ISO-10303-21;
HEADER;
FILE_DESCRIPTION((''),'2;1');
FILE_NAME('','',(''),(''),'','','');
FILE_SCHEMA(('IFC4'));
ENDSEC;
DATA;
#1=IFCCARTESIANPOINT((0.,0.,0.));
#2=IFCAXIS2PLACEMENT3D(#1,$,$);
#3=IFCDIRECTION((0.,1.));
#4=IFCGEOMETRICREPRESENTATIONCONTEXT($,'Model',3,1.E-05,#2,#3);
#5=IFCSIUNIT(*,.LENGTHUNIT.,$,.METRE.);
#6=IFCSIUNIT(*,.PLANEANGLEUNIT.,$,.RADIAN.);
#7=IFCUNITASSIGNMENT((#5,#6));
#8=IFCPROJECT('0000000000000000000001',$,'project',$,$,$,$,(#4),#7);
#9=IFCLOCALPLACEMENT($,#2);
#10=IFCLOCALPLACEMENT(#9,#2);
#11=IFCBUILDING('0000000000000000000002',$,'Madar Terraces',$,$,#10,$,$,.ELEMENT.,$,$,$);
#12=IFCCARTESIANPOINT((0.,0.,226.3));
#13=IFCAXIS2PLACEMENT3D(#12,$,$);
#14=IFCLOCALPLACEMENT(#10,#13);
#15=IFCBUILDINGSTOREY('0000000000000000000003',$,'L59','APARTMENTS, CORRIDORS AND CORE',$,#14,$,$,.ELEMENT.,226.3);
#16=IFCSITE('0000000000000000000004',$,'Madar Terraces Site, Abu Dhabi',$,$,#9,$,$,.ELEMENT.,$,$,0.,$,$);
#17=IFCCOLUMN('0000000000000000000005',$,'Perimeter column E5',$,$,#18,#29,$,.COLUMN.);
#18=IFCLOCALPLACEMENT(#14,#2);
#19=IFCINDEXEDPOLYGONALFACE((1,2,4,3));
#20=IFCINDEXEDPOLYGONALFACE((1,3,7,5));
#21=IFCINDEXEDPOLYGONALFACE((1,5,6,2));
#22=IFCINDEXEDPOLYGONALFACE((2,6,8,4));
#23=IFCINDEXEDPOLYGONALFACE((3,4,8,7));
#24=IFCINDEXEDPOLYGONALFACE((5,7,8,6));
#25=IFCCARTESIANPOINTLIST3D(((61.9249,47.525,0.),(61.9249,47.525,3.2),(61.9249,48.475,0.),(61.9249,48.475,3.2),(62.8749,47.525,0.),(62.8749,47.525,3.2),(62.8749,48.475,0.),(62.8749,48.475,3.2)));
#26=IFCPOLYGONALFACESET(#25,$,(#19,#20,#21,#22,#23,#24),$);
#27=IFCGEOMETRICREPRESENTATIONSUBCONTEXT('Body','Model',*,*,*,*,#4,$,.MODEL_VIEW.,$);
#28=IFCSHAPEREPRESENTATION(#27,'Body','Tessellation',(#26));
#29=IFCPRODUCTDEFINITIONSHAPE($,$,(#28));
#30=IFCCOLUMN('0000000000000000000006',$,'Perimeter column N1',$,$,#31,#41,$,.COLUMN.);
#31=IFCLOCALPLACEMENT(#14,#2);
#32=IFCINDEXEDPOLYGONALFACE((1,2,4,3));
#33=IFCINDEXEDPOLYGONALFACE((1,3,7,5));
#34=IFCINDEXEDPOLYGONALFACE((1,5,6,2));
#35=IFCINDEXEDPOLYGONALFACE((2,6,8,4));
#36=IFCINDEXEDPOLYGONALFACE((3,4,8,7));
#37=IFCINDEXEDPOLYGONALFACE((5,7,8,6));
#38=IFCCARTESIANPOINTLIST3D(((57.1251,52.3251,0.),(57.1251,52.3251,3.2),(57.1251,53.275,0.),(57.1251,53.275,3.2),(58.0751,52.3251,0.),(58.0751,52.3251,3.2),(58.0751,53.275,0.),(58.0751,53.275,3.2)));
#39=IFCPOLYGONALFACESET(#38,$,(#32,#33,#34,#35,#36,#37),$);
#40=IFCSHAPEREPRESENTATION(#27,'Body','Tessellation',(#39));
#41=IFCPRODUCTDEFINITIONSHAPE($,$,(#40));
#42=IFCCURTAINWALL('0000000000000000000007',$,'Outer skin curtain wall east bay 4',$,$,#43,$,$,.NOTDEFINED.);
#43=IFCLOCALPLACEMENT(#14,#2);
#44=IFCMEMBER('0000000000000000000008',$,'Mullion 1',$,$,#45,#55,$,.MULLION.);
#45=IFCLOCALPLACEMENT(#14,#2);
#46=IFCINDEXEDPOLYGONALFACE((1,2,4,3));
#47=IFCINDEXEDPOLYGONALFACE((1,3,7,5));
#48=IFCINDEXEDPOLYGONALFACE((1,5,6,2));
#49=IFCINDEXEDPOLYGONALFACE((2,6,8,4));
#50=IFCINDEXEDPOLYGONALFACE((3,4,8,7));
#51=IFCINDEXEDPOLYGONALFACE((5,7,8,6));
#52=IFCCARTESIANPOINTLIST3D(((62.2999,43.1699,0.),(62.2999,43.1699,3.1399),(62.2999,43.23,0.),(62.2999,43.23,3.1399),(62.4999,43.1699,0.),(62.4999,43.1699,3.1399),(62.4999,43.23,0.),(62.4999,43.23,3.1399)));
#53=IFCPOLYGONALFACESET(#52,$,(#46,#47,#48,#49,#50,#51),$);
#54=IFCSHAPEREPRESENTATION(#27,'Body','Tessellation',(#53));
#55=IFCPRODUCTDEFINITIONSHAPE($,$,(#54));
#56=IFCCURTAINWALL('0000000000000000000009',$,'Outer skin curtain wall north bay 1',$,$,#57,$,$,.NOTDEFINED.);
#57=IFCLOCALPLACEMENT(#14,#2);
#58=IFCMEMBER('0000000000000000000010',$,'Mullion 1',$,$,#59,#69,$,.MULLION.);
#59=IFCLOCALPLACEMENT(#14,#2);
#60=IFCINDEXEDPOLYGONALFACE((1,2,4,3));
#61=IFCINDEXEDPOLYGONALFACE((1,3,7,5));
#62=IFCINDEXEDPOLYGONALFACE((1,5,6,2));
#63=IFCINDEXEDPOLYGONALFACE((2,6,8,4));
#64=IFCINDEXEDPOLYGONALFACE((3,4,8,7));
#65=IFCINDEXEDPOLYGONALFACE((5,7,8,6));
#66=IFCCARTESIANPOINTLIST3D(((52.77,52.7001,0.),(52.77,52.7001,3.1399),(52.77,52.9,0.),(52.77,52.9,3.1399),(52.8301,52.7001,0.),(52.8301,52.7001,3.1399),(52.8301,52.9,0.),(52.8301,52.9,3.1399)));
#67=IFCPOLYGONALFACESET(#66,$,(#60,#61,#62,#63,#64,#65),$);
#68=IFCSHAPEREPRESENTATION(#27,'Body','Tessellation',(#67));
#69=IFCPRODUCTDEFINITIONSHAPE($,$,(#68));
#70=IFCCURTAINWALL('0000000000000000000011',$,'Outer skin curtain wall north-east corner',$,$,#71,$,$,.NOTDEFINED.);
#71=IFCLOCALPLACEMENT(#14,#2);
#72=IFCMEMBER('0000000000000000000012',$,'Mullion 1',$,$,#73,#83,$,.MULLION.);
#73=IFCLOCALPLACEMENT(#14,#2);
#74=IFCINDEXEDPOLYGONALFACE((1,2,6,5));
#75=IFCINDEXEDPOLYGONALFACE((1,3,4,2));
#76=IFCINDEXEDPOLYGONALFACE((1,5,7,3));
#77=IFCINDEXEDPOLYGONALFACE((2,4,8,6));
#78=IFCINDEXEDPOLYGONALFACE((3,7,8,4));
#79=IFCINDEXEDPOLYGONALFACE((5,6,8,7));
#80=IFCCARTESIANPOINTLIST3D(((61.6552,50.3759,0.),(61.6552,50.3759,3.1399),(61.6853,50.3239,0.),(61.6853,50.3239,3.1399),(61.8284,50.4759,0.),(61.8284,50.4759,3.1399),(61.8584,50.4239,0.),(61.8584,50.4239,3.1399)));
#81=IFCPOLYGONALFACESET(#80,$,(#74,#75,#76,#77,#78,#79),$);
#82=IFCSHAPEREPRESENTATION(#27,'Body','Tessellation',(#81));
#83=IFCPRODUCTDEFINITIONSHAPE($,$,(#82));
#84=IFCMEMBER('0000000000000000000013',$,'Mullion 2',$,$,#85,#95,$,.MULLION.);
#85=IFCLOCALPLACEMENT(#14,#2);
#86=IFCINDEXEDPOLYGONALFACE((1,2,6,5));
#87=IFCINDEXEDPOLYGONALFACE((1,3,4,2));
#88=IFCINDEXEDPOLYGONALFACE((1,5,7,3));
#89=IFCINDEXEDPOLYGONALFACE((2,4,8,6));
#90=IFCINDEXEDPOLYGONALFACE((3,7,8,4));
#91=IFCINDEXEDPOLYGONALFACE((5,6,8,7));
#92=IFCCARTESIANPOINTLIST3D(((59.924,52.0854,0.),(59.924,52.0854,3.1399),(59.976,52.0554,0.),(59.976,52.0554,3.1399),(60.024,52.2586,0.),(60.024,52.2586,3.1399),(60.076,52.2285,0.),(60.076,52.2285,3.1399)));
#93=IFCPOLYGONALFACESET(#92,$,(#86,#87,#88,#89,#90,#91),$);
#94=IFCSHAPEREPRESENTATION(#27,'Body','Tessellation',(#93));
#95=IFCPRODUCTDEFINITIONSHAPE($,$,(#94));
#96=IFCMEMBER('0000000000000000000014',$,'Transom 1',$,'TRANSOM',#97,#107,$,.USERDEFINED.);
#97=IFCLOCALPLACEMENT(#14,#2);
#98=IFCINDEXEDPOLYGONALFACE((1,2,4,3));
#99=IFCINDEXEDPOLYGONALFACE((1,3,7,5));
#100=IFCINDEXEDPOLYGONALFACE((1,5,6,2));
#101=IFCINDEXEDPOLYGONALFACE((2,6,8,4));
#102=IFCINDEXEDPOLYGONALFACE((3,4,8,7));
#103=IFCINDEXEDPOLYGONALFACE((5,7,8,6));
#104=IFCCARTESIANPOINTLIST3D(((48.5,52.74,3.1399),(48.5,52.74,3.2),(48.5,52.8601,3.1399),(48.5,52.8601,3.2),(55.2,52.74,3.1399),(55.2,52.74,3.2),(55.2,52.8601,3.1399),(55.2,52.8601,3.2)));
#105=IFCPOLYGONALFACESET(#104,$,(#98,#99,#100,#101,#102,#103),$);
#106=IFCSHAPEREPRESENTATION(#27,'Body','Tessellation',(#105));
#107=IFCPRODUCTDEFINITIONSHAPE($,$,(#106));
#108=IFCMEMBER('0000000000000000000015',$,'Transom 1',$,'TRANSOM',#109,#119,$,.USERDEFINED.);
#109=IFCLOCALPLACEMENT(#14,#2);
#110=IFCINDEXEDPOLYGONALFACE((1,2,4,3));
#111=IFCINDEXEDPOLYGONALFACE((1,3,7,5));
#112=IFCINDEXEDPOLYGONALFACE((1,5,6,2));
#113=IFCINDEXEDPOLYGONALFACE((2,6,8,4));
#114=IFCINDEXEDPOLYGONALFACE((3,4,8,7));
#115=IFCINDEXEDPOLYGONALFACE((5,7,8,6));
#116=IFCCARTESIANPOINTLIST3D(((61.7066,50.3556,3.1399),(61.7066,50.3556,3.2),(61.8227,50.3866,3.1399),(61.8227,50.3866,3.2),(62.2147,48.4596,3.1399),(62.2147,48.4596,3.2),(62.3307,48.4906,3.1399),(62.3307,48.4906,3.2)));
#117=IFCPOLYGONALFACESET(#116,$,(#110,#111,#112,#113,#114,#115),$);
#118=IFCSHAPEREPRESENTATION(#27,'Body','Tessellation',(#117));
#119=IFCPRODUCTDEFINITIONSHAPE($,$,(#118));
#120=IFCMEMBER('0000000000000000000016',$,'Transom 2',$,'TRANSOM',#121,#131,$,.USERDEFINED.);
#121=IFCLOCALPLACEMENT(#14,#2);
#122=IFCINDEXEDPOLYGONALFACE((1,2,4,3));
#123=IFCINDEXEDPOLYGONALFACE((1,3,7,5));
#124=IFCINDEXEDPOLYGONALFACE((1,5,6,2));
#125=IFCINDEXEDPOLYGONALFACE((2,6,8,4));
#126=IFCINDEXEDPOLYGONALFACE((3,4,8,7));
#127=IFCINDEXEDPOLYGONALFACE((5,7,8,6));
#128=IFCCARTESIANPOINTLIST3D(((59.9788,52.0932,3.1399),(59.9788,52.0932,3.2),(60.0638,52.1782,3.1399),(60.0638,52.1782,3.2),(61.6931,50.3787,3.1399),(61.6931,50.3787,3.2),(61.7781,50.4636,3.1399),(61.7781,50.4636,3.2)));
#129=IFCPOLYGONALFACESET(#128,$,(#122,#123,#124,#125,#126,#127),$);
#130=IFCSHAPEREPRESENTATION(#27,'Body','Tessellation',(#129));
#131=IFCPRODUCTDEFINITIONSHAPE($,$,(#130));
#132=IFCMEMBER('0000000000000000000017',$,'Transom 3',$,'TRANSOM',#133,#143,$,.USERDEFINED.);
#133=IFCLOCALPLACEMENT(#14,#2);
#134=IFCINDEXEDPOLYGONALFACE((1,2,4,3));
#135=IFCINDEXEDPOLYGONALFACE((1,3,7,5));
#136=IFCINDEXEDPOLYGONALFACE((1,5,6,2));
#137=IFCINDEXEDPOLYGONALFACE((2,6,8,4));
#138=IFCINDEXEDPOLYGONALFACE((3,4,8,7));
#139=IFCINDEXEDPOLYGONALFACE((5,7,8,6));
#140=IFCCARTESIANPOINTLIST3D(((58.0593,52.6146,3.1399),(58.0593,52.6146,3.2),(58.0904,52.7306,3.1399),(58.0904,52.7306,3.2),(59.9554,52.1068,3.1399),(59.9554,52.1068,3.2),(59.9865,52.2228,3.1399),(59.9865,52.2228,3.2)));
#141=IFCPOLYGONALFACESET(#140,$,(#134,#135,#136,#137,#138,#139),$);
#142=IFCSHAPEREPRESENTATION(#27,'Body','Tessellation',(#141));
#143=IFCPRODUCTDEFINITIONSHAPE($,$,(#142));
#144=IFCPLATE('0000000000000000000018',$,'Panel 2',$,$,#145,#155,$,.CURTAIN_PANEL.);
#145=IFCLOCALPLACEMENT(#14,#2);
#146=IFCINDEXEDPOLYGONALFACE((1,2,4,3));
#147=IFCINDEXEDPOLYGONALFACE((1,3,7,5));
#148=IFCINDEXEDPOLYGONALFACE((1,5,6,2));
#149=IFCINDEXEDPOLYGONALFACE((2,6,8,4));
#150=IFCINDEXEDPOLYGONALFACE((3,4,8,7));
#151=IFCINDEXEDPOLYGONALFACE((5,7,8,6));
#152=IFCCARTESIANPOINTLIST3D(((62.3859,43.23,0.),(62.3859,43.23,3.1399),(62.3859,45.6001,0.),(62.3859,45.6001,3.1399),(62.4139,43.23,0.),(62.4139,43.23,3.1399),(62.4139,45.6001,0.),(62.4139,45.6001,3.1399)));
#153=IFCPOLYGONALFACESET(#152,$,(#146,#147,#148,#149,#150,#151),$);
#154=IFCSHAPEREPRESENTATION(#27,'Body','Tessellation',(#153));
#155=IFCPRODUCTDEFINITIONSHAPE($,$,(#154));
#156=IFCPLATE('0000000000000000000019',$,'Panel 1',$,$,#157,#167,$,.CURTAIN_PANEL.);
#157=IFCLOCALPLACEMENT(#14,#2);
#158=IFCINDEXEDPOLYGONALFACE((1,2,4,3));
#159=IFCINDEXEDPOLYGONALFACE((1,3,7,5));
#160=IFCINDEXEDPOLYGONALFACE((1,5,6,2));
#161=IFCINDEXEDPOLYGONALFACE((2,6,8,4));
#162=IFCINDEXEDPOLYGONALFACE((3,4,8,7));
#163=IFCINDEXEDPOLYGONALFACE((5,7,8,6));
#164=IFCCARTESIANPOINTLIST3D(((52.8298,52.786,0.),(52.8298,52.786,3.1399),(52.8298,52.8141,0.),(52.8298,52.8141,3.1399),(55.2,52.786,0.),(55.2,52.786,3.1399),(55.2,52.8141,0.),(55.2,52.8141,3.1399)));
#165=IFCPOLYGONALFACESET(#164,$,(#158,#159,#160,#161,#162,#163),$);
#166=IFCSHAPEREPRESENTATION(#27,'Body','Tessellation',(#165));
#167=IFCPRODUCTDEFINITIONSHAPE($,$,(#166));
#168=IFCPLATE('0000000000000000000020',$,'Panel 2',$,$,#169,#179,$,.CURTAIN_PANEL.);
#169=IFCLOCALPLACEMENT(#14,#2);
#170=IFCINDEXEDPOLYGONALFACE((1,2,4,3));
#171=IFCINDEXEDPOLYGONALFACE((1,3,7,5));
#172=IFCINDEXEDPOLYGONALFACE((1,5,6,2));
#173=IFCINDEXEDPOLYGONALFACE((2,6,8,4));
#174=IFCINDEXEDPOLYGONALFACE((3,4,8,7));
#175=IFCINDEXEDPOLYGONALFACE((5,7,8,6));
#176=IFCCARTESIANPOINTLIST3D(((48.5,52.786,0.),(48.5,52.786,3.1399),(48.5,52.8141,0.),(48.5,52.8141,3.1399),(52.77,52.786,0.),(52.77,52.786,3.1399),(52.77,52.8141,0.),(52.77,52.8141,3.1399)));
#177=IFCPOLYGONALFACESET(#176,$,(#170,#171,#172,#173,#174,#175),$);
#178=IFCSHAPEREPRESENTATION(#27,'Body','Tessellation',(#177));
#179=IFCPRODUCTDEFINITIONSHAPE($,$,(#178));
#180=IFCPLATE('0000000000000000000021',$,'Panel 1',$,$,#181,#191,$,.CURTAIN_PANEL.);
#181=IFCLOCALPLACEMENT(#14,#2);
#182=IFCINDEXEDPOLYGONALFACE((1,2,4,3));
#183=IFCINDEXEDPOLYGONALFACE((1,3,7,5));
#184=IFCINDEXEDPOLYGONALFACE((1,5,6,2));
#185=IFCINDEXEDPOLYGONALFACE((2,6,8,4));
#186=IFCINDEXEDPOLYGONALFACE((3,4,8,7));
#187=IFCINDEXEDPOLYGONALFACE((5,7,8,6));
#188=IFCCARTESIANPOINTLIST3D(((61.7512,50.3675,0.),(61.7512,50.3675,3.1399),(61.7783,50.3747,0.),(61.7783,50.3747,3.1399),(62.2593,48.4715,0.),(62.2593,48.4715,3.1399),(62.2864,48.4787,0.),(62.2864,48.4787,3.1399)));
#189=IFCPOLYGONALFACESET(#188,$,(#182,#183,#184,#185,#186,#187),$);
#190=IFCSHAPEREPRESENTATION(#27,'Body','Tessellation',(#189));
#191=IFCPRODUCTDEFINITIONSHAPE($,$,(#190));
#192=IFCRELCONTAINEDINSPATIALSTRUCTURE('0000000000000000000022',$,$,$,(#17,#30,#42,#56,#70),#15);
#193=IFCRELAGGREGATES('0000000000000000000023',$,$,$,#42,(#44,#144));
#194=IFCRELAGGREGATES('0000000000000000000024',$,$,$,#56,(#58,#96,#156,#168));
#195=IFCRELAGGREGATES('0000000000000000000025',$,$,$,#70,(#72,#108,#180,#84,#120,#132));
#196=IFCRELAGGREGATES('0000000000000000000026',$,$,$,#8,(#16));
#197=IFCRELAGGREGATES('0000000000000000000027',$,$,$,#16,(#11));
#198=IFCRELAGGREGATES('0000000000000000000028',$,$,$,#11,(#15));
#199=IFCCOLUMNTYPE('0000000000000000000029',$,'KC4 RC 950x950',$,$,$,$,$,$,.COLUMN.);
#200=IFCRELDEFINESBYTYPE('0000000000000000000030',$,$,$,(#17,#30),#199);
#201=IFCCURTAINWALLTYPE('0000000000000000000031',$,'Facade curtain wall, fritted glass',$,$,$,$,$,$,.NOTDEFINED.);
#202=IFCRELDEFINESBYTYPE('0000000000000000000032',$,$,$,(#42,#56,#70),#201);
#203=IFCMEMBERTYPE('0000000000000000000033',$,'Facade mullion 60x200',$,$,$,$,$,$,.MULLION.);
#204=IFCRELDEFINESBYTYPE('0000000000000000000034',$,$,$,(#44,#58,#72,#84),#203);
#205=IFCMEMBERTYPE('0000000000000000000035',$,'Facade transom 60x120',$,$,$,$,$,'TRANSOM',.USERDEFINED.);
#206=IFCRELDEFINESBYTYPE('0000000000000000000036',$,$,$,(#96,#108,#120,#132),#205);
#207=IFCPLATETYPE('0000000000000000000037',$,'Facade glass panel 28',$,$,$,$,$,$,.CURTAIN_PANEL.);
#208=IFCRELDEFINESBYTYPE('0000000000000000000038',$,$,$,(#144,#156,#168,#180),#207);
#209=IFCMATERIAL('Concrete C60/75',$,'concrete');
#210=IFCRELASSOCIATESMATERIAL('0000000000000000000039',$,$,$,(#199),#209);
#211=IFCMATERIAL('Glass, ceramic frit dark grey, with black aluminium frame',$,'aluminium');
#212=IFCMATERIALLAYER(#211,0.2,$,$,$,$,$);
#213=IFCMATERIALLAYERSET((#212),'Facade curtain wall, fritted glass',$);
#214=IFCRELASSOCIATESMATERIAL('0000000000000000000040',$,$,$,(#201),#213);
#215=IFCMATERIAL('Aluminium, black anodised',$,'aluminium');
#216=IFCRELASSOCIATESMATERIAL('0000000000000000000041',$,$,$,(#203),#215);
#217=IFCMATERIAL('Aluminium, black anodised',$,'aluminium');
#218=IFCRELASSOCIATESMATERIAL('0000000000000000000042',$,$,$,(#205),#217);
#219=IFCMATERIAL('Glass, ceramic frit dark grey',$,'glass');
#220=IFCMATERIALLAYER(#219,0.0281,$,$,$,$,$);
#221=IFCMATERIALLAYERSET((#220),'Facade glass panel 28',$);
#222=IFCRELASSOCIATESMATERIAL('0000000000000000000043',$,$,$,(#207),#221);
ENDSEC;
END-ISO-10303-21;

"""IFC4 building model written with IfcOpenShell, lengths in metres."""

from ifc_helpers import new_model, si_unit, direction, frame, origin, origin_2d, place, context, subcontext, project, spatial, rectangle, extrude, material, layer, layer_set, material_profile, profile_set, type_object, element, aggregate, save


model = new_model("IFC4")

# Units and contexts
model_context = context("Model", 3, precision=1e-05, world=origin(), true_north=direction((0.0, 1.0)))
body_context = subcontext(model_context, "Body", "Model", "MODEL_VIEW")
ifc_project = project(units=[si_unit("LENGTHUNIT", "METRE"), si_unit("PLANEANGLEUNIT", "RADIAN")], contexts=[model_context])

# Site, building, storey
site_placement = place(None, origin())
site = spatial("IfcSite", under=ifc_project, at=site_placement, Name="Madar Terraces Site, Abu Dhabi", CompositionType="ELEMENT", RefElevation=0.0)
building_placement = place(site_placement, origin())
building = spatial("IfcBuilding", under=site, at=building_placement, Name="Madar Terraces", CompositionType="ELEMENT")
storey_placement = place(building_placement, frame((0.0, 0.0, 226.3)))
storey = spatial("IfcBuildingStorey", under=building, at=storey_placement, Name="L59", Description="APARTMENTS, CORRIDORS AND CORE", CompositionType="ELEMENT", Elevation=226.3)

# Columns
ifc_material_1 = material(Name="Concrete C60/75", Category="concrete")
ifc_material_profile_1 = material_profile(ifc_material_1, rectangle(XDim=0.95, YDim=0.95, at=origin_2d()), Name="KC4 RC 950x950")
ifc_profile_set_1 = profile_set([ifc_material_profile_1], Name="Concrete C60/75")
column_type = type_object("IfcColumnType", Name="KC4 RC 950x950", PredefinedType="COLUMN", material=ifc_profile_set_1)
for number, where, z_axis, x_axis, name in (
    (1, (62.3999, 48.0, 0.0), (0.0, 0.0, 1.0), (1.0, 0.0, 0.0), "Perimeter column E5"),
    (2, (57.6001, 52.8, 0.0), (0.0, 0.0, 1.0), (1.0, 0.0, 0.0), "Perimeter column N1"),
):
    element("IfcColumn", number, at=place(storey_placement, frame(where, z_axis=z_axis, x_axis=x_axis)), inside=storey, type_object=column_type, Name=name, PredefinedType="COLUMN", context=body_context, shape_type="SweptSolid", body=[
        extrude(rectangle(XDim=0.95, YDim=0.95, at=origin_2d()), origin(), (0.0, 0.0, 1.0), 3.2),
    ])

# Curtain walls, members
ifc_material_2 = material(Name="Glass, ceramic frit dark grey, with black aluminium frame", Category="aluminium")
ifc_layer_1 = layer(ifc_material_2, 0.2)
ifc_layer_set_1 = layer_set([ifc_layer_1], Name="Facade curtain wall, fritted glass")
curtain_wall_type = type_object("IfcCurtainWallType", Name="Facade curtain wall, fritted glass", PredefinedType="NOTDEFINED", material=ifc_layer_set_1)
curtain_wall_1_placement = place(storey_placement, origin())
curtain_wall_1 = element("IfcCurtainWall", 3, at=curtain_wall_1_placement, inside=storey, type_object=curtain_wall_type, Name="Outer skin curtain wall east bay 4", PredefinedType="NOTDEFINED")
ifc_material_3 = material(Name="Aluminium, black anodised", Category="aluminium")
ifc_material_profile_2 = material_profile(ifc_material_3, rectangle(XDim=0.2, YDim=0.0601, at=origin_2d()), Name="Facade mullion 60x200")
ifc_profile_set_2 = profile_set([ifc_material_profile_2], Name="Aluminium, black anodised")
member_type_1 = type_object("IfcMemberType", Name="Facade mullion 60x200", PredefinedType="MULLION", material=ifc_profile_set_2)
member_1_placement = place(storey_placement, frame((62.3999, 43.2, 0.0), z_axis=(0.0, 0.0, 1.0), x_axis=(-1.0, 0.0, 0.0)))
member_1 = element("IfcMember", 4, at=member_1_placement, type_object=member_type_1, Name="Mullion 1", PredefinedType="MULLION", context=body_context, shape_type="SweptSolid", body=[
    extrude(rectangle(XDim=0.2, YDim=0.0601, at=origin_2d()), origin(), (0.0, 0.0, 1.0), 3.1399),
])
curtain_wall_2_placement = place(storey_placement, origin())
curtain_wall_2 = element("IfcCurtainWall", 5, at=curtain_wall_2_placement, inside=storey, type_object=curtain_wall_type, Name="Outer skin curtain wall north bay 1", PredefinedType="NOTDEFINED")
member_2_placement = place(storey_placement, frame((52.8, 52.8, 0.0), z_axis=(0.0, 0.0, 1.0), x_axis=(0.0, -1.0, 0.0)))
member_2 = element("IfcMember", 6, at=member_2_placement, type_object=member_type_1, Name="Mullion 1", PredefinedType="MULLION", context=body_context, shape_type="SweptSolid", body=[
    extrude(rectangle(XDim=0.2, YDim=0.0601, at=origin_2d()), origin(), (0.0, 0.0, 1.0), 3.1399),
])

# Curtain wall, members
curtain_wall_3_placement = place(storey_placement, origin())
curtain_wall_3 = element("IfcCurtainWall", 7, at=curtain_wall_3_placement, inside=storey, type_object=curtain_wall_type, Name="Outer skin curtain wall north-east corner", PredefinedType="NOTDEFINED")
member_3_placement = place(storey_placement, frame((61.7568, 50.3999, 0.0), z_axis=(0.0, 0.0, 1.0), x_axis=(-0.866025, -0.5, 0.0)))
member_3 = element("IfcMember", 8, at=member_3_placement, type_object=member_type_1, Name="Mullion 1", PredefinedType="MULLION", context=body_context, shape_type="SweptSolid", body=[
    extrude(rectangle(XDim=0.2, YDim=0.0601, at=origin_2d()), origin(), (0.0, 0.0, 1.0), 3.1399),
])
member_4_placement = place(storey_placement, frame((60.0, 52.157, 0.0), z_axis=(0.0, 0.0, 1.0), x_axis=(-0.5, -0.866025, 0.0)))
member_4 = element("IfcMember", 9, at=member_4_placement, type_object=member_type_1, Name="Mullion 2", PredefinedType="MULLION", context=body_context, shape_type="SweptSolid", body=[
    extrude(rectangle(XDim=0.2, YDim=0.0601, at=origin_2d()), origin(), (0.0, 0.0, 1.0), 3.1399),
])

# Members
ifc_material_4 = material(Name="Aluminium, black anodised", Category="aluminium")
ifc_material_profile_3 = material_profile(ifc_material_4, rectangle(XDim=0.1201, YDim=0.0601, at=origin_2d()), Name="Facade transom 60x120")
ifc_profile_set_3 = profile_set([ifc_material_profile_3], Name="Aluminium, black anodised")
member_type_2 = type_object("IfcMemberType", Name="Facade transom 60x120", ElementType="TRANSOM", PredefinedType="USERDEFINED", material=ifc_profile_set_3)
member_5_placement = place(storey_placement, frame((55.2, 52.8, 3.1699), z_axis=(-1.0, 0.0, 0.0), x_axis=(0.0, -1.0, 0.0)))
member_5 = element("IfcMember", 10, at=member_5_placement, type_object=member_type_2, Name="Transom 1", ObjectType="TRANSOM", PredefinedType="USERDEFINED", context=body_context, shape_type="SweptSolid", body=[
    extrude(rectangle(XDim=0.1201, YDim=0.0601, at=origin_2d()), origin(), (0.0, 0.0, 1.0), 6.7),
])
member_6_placement = place(storey_placement, frame((62.2727, 48.4751, 3.1699), z_axis=(-0.258831, 0.965923, 0.0), x_axis=(-0.965923, -0.258831, 0.0)))
member_6 = element("IfcMember", 11, at=member_6_placement, type_object=member_type_2, Name="Transom 1", ObjectType="TRANSOM", PredefinedType="USERDEFINED", context=body_context, shape_type="SweptSolid", body=[
    extrude(rectangle(XDim=0.1201, YDim=0.0601, at=origin_2d()), origin(), (0.0, 0.0, 1.0), 1.9629),
])
member_7_placement = place(storey_placement, frame((61.7356, 50.4211, 3.1699), z_axis=(-0.707056, 0.707157, 0.0), x_axis=(-0.707157, -0.707056, 0.0)))
member_7 = element("IfcMember", 12, at=member_7_placement, type_object=member_type_2, Name="Transom 2", ObjectType="TRANSOM", PredefinedType="USERDEFINED", context=body_context, shape_type="SweptSolid", body=[
    extrude(rectangle(XDim=0.1201, YDim=0.0601, at=origin_2d()), origin(), (0.0, 0.0, 1.0), 2.4246),
])
member_8_placement = place(storey_placement, frame((59.9709, 52.1648, 3.1699), z_axis=(-0.965954, 0.258715, 0.0), x_axis=(-0.258715, -0.965954, 0.0)))
member_8 = element("IfcMember", 13, at=member_8_placement, type_object=member_type_2, Name="Transom 3", ObjectType="TRANSOM", PredefinedType="USERDEFINED", context=body_context, shape_type="SweptSolid", body=[
    extrude(rectangle(XDim=0.1201, YDim=0.0601, at=origin_2d()), origin(), (0.0, 0.0, 1.0), 1.9629),
])

# Plates
ifc_material_5 = material(Name="Glass, ceramic frit dark grey", Category="glass")
ifc_layer_2 = layer(ifc_material_5, 0.0281)
ifc_layer_set_2 = layer_set([ifc_layer_2], Name="Facade glass panel 28")
plate_type = type_object("IfcPlateType", Name="Facade glass panel 28", PredefinedType="CURTAIN_PANEL", material=ifc_layer_set_2)
plate_1_placement = place(storey_placement, frame((62.3999, 44.415, 0.0), z_axis=(0.0, 0.0, 1.0), x_axis=(0.0, 1.0, 0.0)))
plate_1 = element("IfcPlate", 14, at=plate_1_placement, type_object=plate_type, Name="Panel 2", PredefinedType="CURTAIN_PANEL", context=body_context, shape_type="SweptSolid", body=[
    extrude(rectangle(XDim=2.3701, YDim=0.0281, at=origin_2d()), origin(), (0.0, 0.0, 1.0), 3.1399),
])
aggregate(curtain_wall_1, [member_1, plate_1])
plate_2_placement = place(storey_placement, frame((54.0149, 52.8, 0.0), z_axis=(0.0, 0.0, 1.0), x_axis=(-1.0, 0.0, 0.0)))
plate_2 = element("IfcPlate", 15, at=plate_2_placement, type_object=plate_type, Name="Panel 1", PredefinedType="CURTAIN_PANEL", context=body_context, shape_type="SweptSolid", body=[
    extrude(rectangle(XDim=2.3701, YDim=0.0281, at=origin_2d()), origin(), (0.0, 0.0, 1.0), 3.1399),
])
plate_3_placement = place(storey_placement, frame((50.635, 52.8, 0.0), z_axis=(0.0, 0.0, 1.0), x_axis=(-1.0, 0.0, 0.0)))
plate_3 = element("IfcPlate", 16, at=plate_3_placement, type_object=plate_type, Name="Panel 2", PredefinedType="CURTAIN_PANEL", context=body_context, shape_type="SweptSolid", body=[
    extrude(rectangle(XDim=4.27, YDim=0.0281, at=origin_2d()), origin(), (0.0, 0.0, 1.0), 3.1399),
])
aggregate(curtain_wall_2, [member_2, member_5, plate_2, plate_3])
plate_4_placement = place(storey_placement, frame((62.0188, 49.4231, 0.0), z_axis=(0.0, 0.0, 1.0), x_axis=(-0.258819, 0.965926, 0.0)))
plate_4 = element("IfcPlate", 17, at=plate_4_placement, type_object=plate_type, Name="Panel 1", PredefinedType="CURTAIN_PANEL", context=body_context, shape_type="SweptSolid", body=[
    extrude(rectangle(XDim=1.9629, YDim=0.0281, at=origin_2d()), origin(), (0.0, 0.0, 1.0), 3.1399),
])
aggregate(curtain_wall_3, [member_3, member_6, plate_4, member_4, member_7, member_8])

save(model, "model.ifc")
